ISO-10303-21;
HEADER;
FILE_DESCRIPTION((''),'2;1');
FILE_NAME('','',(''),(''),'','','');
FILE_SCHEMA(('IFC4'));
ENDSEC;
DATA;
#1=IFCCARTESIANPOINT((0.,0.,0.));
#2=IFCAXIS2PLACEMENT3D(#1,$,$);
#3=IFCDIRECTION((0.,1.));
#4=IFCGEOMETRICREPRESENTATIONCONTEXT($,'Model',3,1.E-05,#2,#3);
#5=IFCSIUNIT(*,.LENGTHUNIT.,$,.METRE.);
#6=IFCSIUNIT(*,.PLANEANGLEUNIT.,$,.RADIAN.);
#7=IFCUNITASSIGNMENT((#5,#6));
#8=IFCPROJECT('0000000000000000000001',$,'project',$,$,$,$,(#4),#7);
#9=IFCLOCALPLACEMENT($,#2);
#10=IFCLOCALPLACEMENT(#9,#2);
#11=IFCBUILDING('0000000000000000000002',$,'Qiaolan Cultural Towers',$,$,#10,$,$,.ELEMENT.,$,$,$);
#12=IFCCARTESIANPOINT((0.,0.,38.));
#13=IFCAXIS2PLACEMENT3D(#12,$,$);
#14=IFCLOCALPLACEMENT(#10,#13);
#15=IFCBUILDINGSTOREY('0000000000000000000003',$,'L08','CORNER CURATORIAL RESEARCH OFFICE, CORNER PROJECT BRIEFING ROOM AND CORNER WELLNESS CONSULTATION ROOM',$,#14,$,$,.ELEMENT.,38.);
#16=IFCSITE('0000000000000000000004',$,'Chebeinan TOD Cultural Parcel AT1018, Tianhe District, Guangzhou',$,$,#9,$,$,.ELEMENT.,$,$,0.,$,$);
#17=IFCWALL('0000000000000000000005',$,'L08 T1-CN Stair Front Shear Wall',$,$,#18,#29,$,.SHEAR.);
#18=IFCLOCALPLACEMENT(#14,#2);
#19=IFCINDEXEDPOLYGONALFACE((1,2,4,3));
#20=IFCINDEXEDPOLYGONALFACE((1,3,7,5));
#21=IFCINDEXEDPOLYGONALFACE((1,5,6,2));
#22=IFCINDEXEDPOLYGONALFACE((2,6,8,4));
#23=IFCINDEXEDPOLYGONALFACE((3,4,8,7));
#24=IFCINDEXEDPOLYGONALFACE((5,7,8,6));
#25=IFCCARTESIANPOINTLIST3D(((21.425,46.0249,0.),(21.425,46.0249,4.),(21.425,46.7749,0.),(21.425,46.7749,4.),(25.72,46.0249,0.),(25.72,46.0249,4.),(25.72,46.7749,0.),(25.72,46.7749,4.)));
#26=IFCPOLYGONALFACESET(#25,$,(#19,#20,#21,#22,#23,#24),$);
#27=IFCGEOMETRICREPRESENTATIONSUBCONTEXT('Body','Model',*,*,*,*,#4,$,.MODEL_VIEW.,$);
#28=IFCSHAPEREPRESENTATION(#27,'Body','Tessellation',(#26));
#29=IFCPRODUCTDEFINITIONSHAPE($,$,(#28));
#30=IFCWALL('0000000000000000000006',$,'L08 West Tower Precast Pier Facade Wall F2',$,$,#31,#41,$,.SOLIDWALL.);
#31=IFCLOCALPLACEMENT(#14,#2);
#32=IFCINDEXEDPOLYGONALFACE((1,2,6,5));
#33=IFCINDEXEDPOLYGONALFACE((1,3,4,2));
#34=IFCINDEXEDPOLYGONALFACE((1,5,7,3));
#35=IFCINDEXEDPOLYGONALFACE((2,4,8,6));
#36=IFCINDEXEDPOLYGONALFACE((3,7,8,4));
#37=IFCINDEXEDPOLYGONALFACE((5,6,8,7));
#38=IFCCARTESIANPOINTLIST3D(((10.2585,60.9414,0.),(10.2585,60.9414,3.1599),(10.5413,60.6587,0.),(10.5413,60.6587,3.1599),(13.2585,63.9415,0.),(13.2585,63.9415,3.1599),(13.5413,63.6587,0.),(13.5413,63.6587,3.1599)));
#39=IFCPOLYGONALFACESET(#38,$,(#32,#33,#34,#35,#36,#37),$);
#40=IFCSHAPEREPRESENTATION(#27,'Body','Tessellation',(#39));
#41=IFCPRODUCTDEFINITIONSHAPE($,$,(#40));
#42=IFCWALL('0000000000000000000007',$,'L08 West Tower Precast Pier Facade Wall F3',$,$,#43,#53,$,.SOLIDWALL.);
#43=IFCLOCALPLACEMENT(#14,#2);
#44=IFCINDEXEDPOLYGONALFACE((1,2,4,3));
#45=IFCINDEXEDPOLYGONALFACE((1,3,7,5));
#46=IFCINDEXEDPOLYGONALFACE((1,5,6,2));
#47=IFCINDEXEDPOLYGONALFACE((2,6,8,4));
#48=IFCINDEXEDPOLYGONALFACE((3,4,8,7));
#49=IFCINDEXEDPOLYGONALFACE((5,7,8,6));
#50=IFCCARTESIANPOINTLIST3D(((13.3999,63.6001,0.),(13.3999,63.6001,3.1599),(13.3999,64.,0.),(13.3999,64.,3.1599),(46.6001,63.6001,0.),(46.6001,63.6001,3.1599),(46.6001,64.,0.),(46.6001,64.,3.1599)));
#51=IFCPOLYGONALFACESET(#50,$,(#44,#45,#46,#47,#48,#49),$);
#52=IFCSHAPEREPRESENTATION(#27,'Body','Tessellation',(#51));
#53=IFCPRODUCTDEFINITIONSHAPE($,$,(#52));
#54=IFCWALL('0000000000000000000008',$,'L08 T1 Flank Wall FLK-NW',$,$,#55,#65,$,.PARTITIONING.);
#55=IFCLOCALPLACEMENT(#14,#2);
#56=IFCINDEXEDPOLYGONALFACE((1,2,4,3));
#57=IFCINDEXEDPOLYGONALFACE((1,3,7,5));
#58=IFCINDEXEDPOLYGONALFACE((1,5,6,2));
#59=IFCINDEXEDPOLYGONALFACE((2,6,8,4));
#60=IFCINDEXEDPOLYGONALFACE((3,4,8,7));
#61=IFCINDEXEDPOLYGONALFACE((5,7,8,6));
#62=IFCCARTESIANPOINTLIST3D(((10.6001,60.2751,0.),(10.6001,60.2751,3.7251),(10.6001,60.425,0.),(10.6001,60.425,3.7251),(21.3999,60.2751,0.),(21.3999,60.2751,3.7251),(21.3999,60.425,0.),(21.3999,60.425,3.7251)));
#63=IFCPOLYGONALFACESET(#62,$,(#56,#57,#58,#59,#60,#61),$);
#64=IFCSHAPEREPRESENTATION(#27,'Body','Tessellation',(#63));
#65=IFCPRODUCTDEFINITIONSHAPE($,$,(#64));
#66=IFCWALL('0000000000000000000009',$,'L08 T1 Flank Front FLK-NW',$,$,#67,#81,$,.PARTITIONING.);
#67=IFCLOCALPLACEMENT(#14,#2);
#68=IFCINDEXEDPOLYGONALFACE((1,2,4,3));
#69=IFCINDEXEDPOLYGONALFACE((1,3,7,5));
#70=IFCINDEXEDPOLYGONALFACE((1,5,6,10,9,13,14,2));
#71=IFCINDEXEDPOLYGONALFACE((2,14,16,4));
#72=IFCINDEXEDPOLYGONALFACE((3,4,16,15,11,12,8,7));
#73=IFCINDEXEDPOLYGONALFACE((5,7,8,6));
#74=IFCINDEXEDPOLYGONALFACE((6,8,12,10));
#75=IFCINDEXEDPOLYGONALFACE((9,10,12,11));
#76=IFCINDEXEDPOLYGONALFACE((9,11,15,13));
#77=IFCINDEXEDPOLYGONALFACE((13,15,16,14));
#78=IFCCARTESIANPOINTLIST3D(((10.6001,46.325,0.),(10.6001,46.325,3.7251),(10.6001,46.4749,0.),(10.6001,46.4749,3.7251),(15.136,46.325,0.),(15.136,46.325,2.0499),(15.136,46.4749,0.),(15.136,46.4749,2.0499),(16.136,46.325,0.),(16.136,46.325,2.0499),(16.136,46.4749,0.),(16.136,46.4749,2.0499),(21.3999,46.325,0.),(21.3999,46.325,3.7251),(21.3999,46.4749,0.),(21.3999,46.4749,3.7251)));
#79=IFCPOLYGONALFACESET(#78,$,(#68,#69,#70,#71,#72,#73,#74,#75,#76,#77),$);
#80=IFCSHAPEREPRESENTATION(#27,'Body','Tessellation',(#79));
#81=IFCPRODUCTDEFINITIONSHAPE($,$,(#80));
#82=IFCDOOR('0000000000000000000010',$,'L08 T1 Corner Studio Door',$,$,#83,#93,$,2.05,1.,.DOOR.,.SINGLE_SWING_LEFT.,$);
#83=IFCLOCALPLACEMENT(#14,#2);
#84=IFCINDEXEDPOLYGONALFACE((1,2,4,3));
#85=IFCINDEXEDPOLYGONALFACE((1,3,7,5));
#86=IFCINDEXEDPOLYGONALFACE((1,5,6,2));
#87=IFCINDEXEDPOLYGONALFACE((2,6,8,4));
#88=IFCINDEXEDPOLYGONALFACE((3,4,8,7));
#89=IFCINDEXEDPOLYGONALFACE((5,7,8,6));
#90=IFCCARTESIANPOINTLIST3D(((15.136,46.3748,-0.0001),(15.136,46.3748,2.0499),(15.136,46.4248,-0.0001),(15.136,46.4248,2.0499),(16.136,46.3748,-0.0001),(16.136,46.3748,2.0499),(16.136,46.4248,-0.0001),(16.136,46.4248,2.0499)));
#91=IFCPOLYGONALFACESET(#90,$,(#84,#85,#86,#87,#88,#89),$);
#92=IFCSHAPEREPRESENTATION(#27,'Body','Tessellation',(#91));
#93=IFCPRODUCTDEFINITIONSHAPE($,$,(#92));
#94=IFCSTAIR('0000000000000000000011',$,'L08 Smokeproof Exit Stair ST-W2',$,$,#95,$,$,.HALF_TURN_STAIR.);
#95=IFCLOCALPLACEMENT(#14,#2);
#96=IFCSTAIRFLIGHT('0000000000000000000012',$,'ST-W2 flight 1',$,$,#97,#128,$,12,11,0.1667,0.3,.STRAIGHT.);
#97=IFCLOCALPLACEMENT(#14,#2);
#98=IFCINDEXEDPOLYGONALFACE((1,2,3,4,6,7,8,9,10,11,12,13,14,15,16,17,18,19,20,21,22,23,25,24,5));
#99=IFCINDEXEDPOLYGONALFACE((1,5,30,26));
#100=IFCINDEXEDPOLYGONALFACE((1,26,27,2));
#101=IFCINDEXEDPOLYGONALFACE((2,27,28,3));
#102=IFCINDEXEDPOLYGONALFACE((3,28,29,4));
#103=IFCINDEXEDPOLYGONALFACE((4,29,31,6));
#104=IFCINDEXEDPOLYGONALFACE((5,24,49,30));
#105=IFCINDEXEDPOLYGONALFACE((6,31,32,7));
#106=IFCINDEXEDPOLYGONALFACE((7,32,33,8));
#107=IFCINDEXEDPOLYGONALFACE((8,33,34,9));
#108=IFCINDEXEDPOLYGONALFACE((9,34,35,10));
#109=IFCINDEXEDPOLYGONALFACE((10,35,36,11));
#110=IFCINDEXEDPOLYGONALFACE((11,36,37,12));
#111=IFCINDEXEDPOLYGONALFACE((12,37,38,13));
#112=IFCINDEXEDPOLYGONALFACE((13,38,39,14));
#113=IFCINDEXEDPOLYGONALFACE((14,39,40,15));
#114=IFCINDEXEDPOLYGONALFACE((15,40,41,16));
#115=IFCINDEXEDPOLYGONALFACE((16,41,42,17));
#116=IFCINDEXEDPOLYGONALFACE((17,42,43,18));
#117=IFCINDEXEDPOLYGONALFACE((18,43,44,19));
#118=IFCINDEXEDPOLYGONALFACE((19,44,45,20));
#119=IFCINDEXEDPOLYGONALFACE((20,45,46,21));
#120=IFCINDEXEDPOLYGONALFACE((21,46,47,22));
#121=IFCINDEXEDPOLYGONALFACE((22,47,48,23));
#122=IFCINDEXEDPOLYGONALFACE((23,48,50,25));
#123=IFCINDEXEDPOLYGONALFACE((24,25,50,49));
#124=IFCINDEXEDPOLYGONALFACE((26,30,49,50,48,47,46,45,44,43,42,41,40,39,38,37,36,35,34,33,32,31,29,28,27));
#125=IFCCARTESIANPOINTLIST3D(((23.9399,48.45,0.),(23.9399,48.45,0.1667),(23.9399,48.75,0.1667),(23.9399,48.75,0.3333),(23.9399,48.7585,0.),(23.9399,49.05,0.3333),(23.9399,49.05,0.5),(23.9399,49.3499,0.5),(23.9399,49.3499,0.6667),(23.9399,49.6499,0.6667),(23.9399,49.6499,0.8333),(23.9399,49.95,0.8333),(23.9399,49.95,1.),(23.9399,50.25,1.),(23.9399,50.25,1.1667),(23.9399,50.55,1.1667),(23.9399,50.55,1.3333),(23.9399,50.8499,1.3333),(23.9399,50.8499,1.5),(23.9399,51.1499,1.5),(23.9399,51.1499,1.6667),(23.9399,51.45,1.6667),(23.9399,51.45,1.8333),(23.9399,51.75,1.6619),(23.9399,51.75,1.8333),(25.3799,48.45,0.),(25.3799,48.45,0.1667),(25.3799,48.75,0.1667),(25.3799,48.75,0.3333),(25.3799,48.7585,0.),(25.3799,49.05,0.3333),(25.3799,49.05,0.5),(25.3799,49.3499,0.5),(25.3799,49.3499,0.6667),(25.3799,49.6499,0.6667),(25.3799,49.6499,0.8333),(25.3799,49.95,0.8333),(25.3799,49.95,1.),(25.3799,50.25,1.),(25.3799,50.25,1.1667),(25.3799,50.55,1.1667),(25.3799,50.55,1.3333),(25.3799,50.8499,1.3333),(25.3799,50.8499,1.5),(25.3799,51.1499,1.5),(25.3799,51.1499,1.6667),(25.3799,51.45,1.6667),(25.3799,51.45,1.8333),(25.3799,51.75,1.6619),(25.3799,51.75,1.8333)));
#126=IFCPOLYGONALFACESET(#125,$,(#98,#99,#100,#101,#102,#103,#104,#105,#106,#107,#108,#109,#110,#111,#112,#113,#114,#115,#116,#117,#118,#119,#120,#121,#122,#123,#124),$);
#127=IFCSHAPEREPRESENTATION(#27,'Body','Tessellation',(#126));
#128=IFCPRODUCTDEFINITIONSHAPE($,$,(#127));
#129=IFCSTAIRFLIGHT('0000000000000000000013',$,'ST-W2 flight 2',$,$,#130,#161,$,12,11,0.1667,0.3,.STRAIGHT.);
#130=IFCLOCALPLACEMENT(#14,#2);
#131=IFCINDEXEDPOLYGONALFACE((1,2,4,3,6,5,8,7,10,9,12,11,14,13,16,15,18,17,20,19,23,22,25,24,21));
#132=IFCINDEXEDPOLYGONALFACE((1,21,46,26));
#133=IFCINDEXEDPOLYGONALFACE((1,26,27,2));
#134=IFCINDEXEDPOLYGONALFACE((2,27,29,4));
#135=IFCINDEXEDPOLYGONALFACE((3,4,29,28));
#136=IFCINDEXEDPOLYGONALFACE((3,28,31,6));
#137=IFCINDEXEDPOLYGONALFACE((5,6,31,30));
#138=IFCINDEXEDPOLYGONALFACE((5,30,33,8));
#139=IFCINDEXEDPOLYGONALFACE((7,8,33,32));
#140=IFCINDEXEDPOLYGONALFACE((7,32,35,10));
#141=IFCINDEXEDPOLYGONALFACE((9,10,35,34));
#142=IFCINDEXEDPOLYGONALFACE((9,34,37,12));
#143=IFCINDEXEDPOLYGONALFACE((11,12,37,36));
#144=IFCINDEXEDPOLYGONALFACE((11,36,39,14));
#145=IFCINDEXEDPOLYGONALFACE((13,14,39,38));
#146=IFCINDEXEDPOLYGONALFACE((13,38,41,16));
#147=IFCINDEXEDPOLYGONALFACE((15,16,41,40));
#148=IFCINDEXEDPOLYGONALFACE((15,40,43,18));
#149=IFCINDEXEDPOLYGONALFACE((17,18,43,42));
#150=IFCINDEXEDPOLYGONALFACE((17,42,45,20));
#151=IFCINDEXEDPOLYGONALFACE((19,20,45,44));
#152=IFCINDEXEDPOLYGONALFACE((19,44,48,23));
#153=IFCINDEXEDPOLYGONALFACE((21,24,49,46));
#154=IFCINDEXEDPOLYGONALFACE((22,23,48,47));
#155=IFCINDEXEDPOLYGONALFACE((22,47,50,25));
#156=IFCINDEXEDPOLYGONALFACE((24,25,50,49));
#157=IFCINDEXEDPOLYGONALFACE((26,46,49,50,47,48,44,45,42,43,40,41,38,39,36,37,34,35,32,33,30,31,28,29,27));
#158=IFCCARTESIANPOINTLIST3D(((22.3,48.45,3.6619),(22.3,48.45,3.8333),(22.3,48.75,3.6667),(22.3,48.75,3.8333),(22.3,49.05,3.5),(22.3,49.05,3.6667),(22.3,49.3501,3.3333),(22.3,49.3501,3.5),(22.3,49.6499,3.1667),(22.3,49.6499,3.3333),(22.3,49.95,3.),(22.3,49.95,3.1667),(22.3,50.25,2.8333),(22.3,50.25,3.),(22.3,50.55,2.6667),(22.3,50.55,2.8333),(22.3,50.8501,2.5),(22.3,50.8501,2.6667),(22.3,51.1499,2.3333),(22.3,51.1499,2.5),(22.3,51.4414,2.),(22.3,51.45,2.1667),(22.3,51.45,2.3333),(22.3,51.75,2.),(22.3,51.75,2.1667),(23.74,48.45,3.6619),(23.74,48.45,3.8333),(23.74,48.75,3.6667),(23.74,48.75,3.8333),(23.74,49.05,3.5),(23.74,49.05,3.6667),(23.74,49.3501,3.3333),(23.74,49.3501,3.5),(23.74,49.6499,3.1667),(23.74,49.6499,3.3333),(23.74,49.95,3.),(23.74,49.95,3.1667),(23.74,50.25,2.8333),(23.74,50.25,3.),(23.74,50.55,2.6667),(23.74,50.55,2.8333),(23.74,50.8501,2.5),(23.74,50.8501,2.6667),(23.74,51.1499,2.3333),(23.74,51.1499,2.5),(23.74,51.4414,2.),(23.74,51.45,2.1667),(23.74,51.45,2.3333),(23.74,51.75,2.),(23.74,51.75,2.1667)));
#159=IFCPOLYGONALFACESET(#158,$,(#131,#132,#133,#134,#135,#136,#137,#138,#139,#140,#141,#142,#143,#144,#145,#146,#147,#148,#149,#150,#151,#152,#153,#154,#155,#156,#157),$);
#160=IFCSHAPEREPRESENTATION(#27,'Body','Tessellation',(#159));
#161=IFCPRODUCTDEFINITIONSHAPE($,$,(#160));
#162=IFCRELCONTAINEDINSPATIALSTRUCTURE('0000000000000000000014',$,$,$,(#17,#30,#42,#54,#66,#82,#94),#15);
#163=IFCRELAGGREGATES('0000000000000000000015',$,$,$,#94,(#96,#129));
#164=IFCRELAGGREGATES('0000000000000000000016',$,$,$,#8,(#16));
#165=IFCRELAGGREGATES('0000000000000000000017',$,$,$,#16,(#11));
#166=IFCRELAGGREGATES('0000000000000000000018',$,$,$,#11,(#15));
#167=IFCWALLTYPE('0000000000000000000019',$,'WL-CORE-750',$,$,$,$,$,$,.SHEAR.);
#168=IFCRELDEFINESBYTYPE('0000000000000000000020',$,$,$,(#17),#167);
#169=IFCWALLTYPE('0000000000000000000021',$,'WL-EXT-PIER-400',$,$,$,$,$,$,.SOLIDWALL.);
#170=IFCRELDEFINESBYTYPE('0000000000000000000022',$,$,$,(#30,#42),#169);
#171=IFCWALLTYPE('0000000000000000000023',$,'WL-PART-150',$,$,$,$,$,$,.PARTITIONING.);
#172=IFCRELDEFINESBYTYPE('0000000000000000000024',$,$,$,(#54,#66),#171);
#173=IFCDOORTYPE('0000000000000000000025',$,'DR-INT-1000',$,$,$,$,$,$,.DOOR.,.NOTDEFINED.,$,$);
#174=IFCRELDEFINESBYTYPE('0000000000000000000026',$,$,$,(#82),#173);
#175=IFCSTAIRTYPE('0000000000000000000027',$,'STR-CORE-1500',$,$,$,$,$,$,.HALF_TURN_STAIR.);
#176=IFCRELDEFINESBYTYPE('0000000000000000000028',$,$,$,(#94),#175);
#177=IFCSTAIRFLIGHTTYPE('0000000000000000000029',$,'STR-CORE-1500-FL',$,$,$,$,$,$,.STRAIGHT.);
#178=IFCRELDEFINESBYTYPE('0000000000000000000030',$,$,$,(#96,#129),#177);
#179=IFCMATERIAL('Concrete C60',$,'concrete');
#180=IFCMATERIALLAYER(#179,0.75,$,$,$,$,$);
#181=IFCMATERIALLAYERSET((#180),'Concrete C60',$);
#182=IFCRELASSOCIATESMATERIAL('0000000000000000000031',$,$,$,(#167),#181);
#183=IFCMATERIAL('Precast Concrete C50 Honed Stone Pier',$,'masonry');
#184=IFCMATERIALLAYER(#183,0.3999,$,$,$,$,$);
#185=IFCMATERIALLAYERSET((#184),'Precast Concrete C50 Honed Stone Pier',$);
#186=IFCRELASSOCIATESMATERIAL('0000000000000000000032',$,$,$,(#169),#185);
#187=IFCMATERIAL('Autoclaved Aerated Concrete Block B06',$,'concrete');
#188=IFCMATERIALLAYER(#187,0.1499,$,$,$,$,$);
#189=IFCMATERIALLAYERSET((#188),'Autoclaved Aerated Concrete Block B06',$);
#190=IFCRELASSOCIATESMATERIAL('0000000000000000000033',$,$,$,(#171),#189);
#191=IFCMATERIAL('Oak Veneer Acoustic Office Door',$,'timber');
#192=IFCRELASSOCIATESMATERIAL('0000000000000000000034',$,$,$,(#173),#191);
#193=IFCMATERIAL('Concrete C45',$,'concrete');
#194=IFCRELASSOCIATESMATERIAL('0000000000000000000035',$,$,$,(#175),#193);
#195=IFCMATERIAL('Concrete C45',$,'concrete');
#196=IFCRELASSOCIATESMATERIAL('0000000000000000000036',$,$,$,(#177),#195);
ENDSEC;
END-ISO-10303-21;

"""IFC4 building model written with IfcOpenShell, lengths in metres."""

from ifc_helpers import new_model, si_unit, direction, frame, frame_2d, origin, place, context, subcontext, project, spatial, polyline, rectangle, outline, extrude, material, layer, layer_set, type_object, element, fill, aggregate, save


model = new_model("IFC4")

# Units and contexts
model_context = context("Model", 3, precision=1e-05, world=origin(), true_north=direction((0.0, 1.0)))
body_context = subcontext(model_context, "Body", "Model", "MODEL_VIEW")
ifc_project = project(units=[si_unit("LENGTHUNIT", "METRE"), si_unit("PLANEANGLEUNIT", "RADIAN")], contexts=[model_context])

# Site, building, storey
site_placement = place(None, origin())
site = spatial("IfcSite", under=ifc_project, at=site_placement, Name="Chebeinan TOD Cultural Parcel AT1018, Tianhe District, Guangzhou", CompositionType="ELEMENT", RefElevation=0.0)
building_placement = place(site_placement, origin())
building = spatial("IfcBuilding", under=site, at=building_placement, Name="Qiaolan Cultural Towers", CompositionType="ELEMENT")
storey_placement = place(building_placement, frame((0.0, 0.0, 38.0)))
storey = spatial("IfcBuildingStorey", under=building, at=storey_placement, Name="L08", Description="CORNER CURATORIAL RESEARCH OFFICE, CORNER PROJECT BRIEFING ROOM AND CORNER WELLNESS CONSULTATION ROOM", CompositionType="ELEMENT", Elevation=38.0)

# Walls
ifc_material_1 = material(Name="Concrete C60", Category="concrete")
ifc_layer_1 = layer(ifc_material_1, 0.75)
ifc_layer_set_1 = layer_set([ifc_layer_1], Name="Concrete C60")
wall_type_1 = type_object("IfcWallType", Name="WL-CORE-750", PredefinedType="SHEAR", material=ifc_layer_set_1)
wall_1_placement = place(storey_placement, frame((21.425, 46.3999, 0.0), z_axis=(0.0, 0.0, 1.0), x_axis=(1.0, 0.0, 0.0)))
element("IfcWall", 1, at=wall_1_placement, inside=storey, type_object=wall_type_1, Name="L08 T1-CN Stair Front Shear Wall", PredefinedType="SHEAR", context=body_context, shape_type="SweptSolid", body=[
    extrude(rectangle(XDim=4.2949, YDim=0.75, at=frame_2d((2.1475, 0.0))), origin(), (0.0, 0.0, 1.0), 4.0),
])
ifc_material_2 = material(Name="Precast Concrete C50 Honed Stone Pier", Category="masonry")
ifc_layer_2 = layer(ifc_material_2, 0.3999)
ifc_layer_set_2 = layer_set([ifc_layer_2], Name="Precast Concrete C50 Honed Stone Pier")
wall_type_2 = type_object("IfcWallType", Name="WL-EXT-PIER-400", PredefinedType="SOLIDWALL", material=ifc_layer_set_2)
wall_2_placement = place(storey_placement, frame((10.3999, 60.8, 0.0), z_axis=(0.0, 0.0, 1.0), x_axis=(0.707107, 0.707107, 0.0)))
element("IfcWall", 2, at=wall_2_placement, inside=storey, type_object=wall_type_2, Name="L08 West Tower Precast Pier Facade Wall F2", PredefinedType="SOLIDWALL", context=body_context, shape_type="SweptSolid", body=[
    extrude(rectangle(XDim=4.2427, YDim=0.3999, at=frame_2d((2.1213, 0.0))), origin(), (0.0, 0.0, 1.0), 3.1599),
])
wall_3_placement = place(storey_placement, frame((13.3999, 63.8, 0.0), z_axis=(0.0, 0.0, 1.0), x_axis=(1.0, 0.0, 0.0)))
element("IfcWall", 3, at=wall_3_placement, inside=storey, type_object=wall_type_2, Name="L08 West Tower Precast Pier Facade Wall F3", PredefinedType="SOLIDWALL", context=body_context, shape_type="SweptSolid", body=[
    extrude(rectangle(XDim=33.2002, YDim=0.3999, at=frame_2d((16.6001, 0.0))), origin(), (0.0, 0.0, 1.0), 3.1599),
])
ifc_material_3 = material(Name="Autoclaved Aerated Concrete Block B06", Category="concrete")
ifc_layer_3 = layer(ifc_material_3, 0.1499)
ifc_layer_set_3 = layer_set([ifc_layer_3], Name="Autoclaved Aerated Concrete Block B06")
wall_type_3 = type_object("IfcWallType", Name="WL-PART-150", PredefinedType="PARTITIONING", material=ifc_layer_set_3)
wall_4_placement = place(storey_placement, frame((10.6001, 60.3501, 0.0), z_axis=(0.0, 0.0, 1.0), x_axis=(1.0, 0.0, 0.0)))
element("IfcWall", 4, at=wall_4_placement, inside=storey, type_object=wall_type_3, Name="L08 T1 Flank Wall FLK-NW", PredefinedType="PARTITIONING", context=body_context, shape_type="SweptSolid", body=[
    extrude(rectangle(XDim=10.7998, YDim=0.1499, at=frame_2d((5.3999, 0.0))), origin(), (0.0, 0.0, 1.0), 3.7251),
])

# Wall, opening, door
wall_5_placement = place(storey_placement, frame((10.6001, 46.3999, 0.0), z_axis=(0.0, 0.0, 1.0), x_axis=(1.0, 0.0, 0.0)))
wall_5 = element("IfcWall", 5, at=wall_5_placement, inside=storey, type_object=wall_type_3, Name="L08 T1 Flank Front FLK-NW", PredefinedType="PARTITIONING", context=body_context, shape_type="SweptSolid", body=[
    extrude(rectangle(XDim=10.7998, YDim=0.1499, at=frame_2d((5.3999, 0.0))), origin(), (0.0, 0.0, 1.0), 3.7251),
])
opening_placement = place(wall_5_placement, frame((4.5359, 0.0, 0.0)))
opening = element("IfcOpeningElement", 6, at=opening_placement, cuts=wall_5, PredefinedType="OPENING", context=body_context, shape_type="SweptSolid", body=[
    extrude(rectangle(XDim=1.0, YDim=2.05, at=frame_2d((0.5, 1.0249))), frame((0.0, 0.085, 0.0), z_axis=(0.0, -1.0, 0.0), x_axis=(1.0, 0.0, 0.0)), (0.0, 0.0, 1.0), 0.1699),
])
ifc_material_4 = material(Name="Oak Veneer Acoustic Office Door", Category="timber")
door_type = type_object("IfcDoorType", Name="DR-INT-1000", OperationType="NOTDEFINED", PredefinedType="DOOR", material=ifc_material_4)
door_placement = place(opening_placement, origin())
door = element("IfcDoor", 7, at=door_placement, inside=storey, type_object=door_type, Name="L08 T1 Corner Studio Door", OperationType="SINGLE_SWING_LEFT", OverallHeight=2.05, OverallWidth=1.0, PredefinedType="DOOR", context=body_context, shape_type="SweptSolid", body=[
    extrude(rectangle(XDim=1.0, YDim=2.05, at=frame_2d((0.5, 1.0249))), frame((0.0, 0.0249, 0.0), z_axis=(0.0, -1.0, 0.0), x_axis=(1.0, 0.0, 0.0)), (0.0, 0.0, 1.0), 0.05),
])
fill(opening, door)

# Stair, stair flights
ifc_material_5 = material(Name="Concrete C45", Category="concrete")
stair_type = type_object("IfcStairType", Name="STR-CORE-1500", PredefinedType="HALF_TURN_STAIR", material=ifc_material_5)
stair_placement = place(storey_placement, origin())
stair = element("IfcStair", 8, at=stair_placement, inside=storey, type_object=stair_type, Name="L08 Smokeproof Exit Stair ST-W2", PredefinedType="HALF_TURN_STAIR")
ifc_material_6 = material(Name="Concrete C45", Category="concrete")
stair_flight_type = type_object("IfcStairFlightType", Name="STR-CORE-1500-FL", PredefinedType="STRAIGHT", material=ifc_material_6)
stair_flight_1_placement = place(storey_placement, frame((24.6599, 48.45, 0.0), z_axis=(0.0, 0.0, 1.0), x_axis=(0.0, 1.0, 0.0)))
stair_flight_1 = element("IfcStairFlight", 9, at=stair_flight_1_placement, type_object=stair_flight_type, Name="ST-W2 flight 1", NumberOfRisers=12, NumberOfTreads=11, PredefinedType="STRAIGHT", RiserHeight=0.1667, TreadLength=0.3, context=body_context, shape_type="SweptSolid", body=[
    extrude(outline(polyline([(0.0, 0.0), (0.0, 0.1667), (0.3, 0.1667), (0.3, 0.3333), (0.6001, 0.3333), (0.6001, 0.5), (0.8999, 0.5), (0.8999, 0.6667), (1.2, 0.6667), (1.2, 0.8333), (1.5, 0.8333), (1.5, 1.0), (1.8, 1.0), (1.8, 1.1667), (2.1001, 1.1667), (2.1001, 1.3333), (2.3999, 1.3333), (2.3999, 1.5), (2.7, 1.5), (2.7, 1.6667), (3.0, 1.6667), (3.0, 1.8333), (3.3, 1.8333), (3.3, 2.0), (3.3, 1.6619), (0.3086, 0.0), (0.0, 0.0)])), frame((0.0, 0.72, 0.0), z_axis=(0.0, -1.0, 0.0), x_axis=(1.0, 0.0, 0.0)), (0.0, 0.0, 1.0), 1.4399),
])
stair_flight_2_placement = place(storey_placement, frame((23.02, 51.75, 2.0), z_axis=(0.0, 0.0, 1.0), x_axis=(0.0, -1.0, 0.0)))
stair_flight_2 = element("IfcStairFlight", 10, at=stair_flight_2_placement, type_object=stair_flight_type, Name="ST-W2 flight 2", NumberOfRisers=12, NumberOfTreads=11, PredefinedType="STRAIGHT", RiserHeight=0.1667, TreadLength=0.3, context=body_context, shape_type="SweptSolid", body=[
    extrude(outline(polyline([(0.0, 0.0), (0.0, 0.1667), (0.3, 0.1667), (0.3, 0.3333), (0.6001, 0.3333), (0.6001, 0.5), (0.8999, 0.5), (0.8999, 0.6667), (1.2, 0.6667), (1.2, 0.8333), (1.5, 0.8333), (1.5, 1.0), (1.8, 1.0), (1.8, 1.1667), (2.1001, 1.1667), (2.1001, 1.3333), (2.3999, 1.3333), (2.3999, 1.5), (2.7, 1.5), (2.7, 1.6667), (3.0, 1.6667), (3.0, 1.8333), (3.3, 1.8333), (3.3, 2.0), (3.3, 1.6619), (0.3086, 0.0), (0.0, 0.0)])), frame((0.0, 0.72, 0.0), z_axis=(0.0, -1.0, 0.0), x_axis=(1.0, 0.0, 0.0)), (0.0, 0.0, 1.0), 1.4399),
])
aggregate(stair, [stair_flight_1, stair_flight_2])

save(model, "model.ifc")
